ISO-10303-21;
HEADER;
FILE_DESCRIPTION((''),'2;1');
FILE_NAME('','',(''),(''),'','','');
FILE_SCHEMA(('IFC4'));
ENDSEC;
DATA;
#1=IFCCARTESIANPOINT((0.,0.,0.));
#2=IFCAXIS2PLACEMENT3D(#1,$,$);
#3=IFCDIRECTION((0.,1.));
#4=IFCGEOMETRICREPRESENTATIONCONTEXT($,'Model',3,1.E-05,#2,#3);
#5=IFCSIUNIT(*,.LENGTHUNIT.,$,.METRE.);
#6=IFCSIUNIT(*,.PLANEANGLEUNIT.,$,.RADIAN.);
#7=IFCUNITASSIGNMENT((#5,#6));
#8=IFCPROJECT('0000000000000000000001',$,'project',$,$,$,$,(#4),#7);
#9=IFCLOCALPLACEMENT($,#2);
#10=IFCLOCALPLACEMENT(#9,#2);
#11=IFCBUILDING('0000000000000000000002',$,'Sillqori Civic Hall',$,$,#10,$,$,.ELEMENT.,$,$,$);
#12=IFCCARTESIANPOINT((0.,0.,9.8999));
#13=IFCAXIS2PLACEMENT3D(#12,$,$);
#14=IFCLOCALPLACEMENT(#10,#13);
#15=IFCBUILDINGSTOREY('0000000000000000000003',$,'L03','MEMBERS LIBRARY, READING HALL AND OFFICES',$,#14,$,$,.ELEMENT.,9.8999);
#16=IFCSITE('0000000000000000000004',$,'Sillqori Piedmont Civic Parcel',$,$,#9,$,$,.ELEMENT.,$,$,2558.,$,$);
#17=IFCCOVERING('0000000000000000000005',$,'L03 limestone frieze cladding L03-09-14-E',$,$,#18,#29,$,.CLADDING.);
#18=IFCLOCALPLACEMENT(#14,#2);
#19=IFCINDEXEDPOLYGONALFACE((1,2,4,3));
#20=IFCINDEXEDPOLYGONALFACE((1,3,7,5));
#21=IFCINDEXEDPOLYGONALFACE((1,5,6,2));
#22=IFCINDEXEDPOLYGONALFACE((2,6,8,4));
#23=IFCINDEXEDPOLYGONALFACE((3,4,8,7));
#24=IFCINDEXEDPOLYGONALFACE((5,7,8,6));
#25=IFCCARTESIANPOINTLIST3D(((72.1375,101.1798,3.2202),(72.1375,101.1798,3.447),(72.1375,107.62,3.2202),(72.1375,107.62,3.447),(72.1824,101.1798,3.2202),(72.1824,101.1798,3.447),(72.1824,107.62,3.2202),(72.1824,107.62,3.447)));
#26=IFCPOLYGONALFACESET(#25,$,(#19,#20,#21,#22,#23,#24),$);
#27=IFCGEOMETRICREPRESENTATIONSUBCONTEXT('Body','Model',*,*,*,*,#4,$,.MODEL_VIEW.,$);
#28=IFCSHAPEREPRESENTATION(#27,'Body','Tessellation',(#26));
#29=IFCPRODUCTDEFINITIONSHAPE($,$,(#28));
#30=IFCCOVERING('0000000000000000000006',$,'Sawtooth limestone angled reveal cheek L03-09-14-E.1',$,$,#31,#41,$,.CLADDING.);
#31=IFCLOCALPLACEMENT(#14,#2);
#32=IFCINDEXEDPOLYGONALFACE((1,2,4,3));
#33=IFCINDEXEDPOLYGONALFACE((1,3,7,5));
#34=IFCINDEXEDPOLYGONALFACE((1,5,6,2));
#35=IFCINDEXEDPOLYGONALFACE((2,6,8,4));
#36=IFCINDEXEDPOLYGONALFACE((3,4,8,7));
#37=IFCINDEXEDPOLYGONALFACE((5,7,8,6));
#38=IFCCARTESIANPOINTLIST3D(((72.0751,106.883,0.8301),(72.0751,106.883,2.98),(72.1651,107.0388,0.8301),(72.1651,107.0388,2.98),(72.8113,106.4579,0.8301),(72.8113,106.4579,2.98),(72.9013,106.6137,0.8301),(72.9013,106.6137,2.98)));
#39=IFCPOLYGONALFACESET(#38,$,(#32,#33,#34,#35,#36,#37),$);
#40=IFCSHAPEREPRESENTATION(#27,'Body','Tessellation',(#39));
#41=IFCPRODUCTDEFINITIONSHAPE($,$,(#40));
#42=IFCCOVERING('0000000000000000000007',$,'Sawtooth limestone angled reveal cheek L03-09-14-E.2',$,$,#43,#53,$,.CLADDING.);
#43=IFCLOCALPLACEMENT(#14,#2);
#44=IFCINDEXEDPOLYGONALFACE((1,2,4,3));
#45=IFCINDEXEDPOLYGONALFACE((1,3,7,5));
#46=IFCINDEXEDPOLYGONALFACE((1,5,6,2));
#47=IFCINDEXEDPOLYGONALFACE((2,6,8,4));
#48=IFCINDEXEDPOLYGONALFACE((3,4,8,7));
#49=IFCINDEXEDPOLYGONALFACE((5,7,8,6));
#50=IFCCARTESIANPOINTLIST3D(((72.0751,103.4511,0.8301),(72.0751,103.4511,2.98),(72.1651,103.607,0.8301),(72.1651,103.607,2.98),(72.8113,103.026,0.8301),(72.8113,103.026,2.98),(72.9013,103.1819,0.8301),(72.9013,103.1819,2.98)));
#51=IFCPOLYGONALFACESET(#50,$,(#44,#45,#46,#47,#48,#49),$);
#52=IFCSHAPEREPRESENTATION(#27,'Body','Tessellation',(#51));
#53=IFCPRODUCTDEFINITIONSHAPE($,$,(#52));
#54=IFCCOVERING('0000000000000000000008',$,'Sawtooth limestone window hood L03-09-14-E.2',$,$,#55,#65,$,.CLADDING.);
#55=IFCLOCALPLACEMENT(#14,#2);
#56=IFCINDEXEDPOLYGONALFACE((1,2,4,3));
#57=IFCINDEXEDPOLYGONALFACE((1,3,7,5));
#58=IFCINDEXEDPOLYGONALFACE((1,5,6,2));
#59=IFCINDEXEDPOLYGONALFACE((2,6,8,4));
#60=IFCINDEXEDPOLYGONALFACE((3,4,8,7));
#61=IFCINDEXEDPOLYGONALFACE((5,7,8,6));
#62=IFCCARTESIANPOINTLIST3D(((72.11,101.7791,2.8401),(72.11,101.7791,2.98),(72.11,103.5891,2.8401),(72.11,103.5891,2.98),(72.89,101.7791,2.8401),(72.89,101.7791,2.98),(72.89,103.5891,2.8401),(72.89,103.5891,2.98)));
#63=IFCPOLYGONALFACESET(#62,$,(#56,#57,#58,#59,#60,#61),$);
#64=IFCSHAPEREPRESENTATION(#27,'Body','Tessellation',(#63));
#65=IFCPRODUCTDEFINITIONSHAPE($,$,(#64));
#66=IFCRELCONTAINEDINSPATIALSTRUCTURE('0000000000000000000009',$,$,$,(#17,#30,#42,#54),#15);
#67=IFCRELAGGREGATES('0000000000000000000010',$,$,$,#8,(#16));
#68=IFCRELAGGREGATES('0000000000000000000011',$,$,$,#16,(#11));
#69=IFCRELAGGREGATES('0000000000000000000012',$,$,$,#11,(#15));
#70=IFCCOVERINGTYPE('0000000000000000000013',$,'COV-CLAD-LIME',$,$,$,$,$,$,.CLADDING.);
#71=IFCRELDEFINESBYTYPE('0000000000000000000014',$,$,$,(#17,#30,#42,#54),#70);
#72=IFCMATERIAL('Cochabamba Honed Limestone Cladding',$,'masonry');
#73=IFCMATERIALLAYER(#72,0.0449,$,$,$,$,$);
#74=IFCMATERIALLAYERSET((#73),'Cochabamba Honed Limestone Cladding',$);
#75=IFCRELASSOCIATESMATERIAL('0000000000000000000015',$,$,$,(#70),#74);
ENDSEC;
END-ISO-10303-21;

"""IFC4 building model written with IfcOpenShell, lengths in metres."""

from ifc_helpers import new_model, si_unit, direction, frame, frame_2d, origin, place, context, subcontext, project, spatial, rectangle, extrude, material, layer, layer_set, type_object, element, save


model = new_model("IFC4")

# Units and contexts
model_context = context("Model", 3, precision=1e-05, world=origin(), true_north=direction((0.0, 1.0)))
body_context = subcontext(model_context, "Body", "Model", "MODEL_VIEW")
ifc_project = project(units=[si_unit("LENGTHUNIT", "METRE"), si_unit("PLANEANGLEUNIT", "RADIAN")], contexts=[model_context])

# Site, building, storey
site_placement = place(None, origin())
site = spatial("IfcSite", under=ifc_project, at=site_placement, Name="Sillqori Piedmont Civic Parcel", CompositionType="ELEMENT", RefElevation=2558.0)
building_placement = place(site_placement, origin())
building = spatial("IfcBuilding", under=site, at=building_placement, Name="Sillqori Civic Hall", CompositionType="ELEMENT")
storey_placement = place(building_placement, frame((0.0, 0.0, 9.8999)))
storey = spatial("IfcBuildingStorey", under=building, at=storey_placement, Name="L03", Description="MEMBERS LIBRARY, READING HALL AND OFFICES", CompositionType="ELEMENT", Elevation=9.8999)

# Coverings
ifc_material_1 = material(Name="Cochabamba Honed Limestone Cladding", Category="masonry")
ifc_layer_1 = layer(ifc_material_1, 0.0449)
ifc_layer_set_1 = layer_set([ifc_layer_1], Name="Cochabamba Honed Limestone Cladding")
covering_type = type_object("IfcCoveringType", Name="COV-CLAD-LIME", PredefinedType="CLADDING", material=ifc_layer_set_1)
covering_1_placement = place(storey_placement, frame((72.1599, 107.6201, 3.2202), z_axis=(0.0, 0.0, 1.0), x_axis=(0.0, -1.0, 0.0)))
element("IfcCovering", 1, at=covering_1_placement, inside=storey, type_object=covering_type, Name="L03 limestone frieze cladding L03-09-14-E", PredefinedType="CLADDING", context=body_context, shape_type="SweptSolid", body=[
    extrude(rectangle(XDim=6.4402, YDim=0.0449, at=frame_2d((3.2202, 0.0))), origin(), (0.0, 0.0, 1.0), 0.2268),
])
for number, where, z_axis, x_axis, name in (
    (2, (72.1201, 106.9609, 0.8301), (0.0, 0.0, 1.0), (0.865989, -0.500062, 0.0), "Sawtooth limestone angled reveal cheek L03-09-14-E.1"),
    (3, (72.1201, 103.5291, 0.8301), (0.0, 0.0, 1.0), (0.865989, -0.500062, 0.0), "Sawtooth limestone angled reveal cheek L03-09-14-E.2"),
):
    element("IfcCovering", number, at=place(storey_placement, frame(where, z_axis=z_axis, x_axis=x_axis)), inside=storey, type_object=covering_type, Name=name, PredefinedType="CLADDING", context=body_context, shape_type="SweptSolid", body=[
        extrude(rectangle(XDim=0.8501, YDim=0.1799, at=frame_2d((0.425, 0.0))), origin(), (0.0, 0.0, 1.0), 2.1499),
    ])
covering_2_placement = place(storey_placement, frame((72.5, 103.5891, 2.8401), z_axis=(0.0, 0.0, 1.0), x_axis=(0.0, -1.0, 0.0)))
element("IfcCovering", 4, at=covering_2_placement, inside=storey, type_object=covering_type, Name="Sawtooth limestone window hood L03-09-14-E.2", PredefinedType="CLADDING", context=body_context, shape_type="SweptSolid", body=[
    extrude(rectangle(XDim=1.8101, YDim=0.78, at=frame_2d((0.905, 0.0))), origin(), (0.0, 0.0, 1.0), 0.1399),
])

save(model, "model.ifc")
